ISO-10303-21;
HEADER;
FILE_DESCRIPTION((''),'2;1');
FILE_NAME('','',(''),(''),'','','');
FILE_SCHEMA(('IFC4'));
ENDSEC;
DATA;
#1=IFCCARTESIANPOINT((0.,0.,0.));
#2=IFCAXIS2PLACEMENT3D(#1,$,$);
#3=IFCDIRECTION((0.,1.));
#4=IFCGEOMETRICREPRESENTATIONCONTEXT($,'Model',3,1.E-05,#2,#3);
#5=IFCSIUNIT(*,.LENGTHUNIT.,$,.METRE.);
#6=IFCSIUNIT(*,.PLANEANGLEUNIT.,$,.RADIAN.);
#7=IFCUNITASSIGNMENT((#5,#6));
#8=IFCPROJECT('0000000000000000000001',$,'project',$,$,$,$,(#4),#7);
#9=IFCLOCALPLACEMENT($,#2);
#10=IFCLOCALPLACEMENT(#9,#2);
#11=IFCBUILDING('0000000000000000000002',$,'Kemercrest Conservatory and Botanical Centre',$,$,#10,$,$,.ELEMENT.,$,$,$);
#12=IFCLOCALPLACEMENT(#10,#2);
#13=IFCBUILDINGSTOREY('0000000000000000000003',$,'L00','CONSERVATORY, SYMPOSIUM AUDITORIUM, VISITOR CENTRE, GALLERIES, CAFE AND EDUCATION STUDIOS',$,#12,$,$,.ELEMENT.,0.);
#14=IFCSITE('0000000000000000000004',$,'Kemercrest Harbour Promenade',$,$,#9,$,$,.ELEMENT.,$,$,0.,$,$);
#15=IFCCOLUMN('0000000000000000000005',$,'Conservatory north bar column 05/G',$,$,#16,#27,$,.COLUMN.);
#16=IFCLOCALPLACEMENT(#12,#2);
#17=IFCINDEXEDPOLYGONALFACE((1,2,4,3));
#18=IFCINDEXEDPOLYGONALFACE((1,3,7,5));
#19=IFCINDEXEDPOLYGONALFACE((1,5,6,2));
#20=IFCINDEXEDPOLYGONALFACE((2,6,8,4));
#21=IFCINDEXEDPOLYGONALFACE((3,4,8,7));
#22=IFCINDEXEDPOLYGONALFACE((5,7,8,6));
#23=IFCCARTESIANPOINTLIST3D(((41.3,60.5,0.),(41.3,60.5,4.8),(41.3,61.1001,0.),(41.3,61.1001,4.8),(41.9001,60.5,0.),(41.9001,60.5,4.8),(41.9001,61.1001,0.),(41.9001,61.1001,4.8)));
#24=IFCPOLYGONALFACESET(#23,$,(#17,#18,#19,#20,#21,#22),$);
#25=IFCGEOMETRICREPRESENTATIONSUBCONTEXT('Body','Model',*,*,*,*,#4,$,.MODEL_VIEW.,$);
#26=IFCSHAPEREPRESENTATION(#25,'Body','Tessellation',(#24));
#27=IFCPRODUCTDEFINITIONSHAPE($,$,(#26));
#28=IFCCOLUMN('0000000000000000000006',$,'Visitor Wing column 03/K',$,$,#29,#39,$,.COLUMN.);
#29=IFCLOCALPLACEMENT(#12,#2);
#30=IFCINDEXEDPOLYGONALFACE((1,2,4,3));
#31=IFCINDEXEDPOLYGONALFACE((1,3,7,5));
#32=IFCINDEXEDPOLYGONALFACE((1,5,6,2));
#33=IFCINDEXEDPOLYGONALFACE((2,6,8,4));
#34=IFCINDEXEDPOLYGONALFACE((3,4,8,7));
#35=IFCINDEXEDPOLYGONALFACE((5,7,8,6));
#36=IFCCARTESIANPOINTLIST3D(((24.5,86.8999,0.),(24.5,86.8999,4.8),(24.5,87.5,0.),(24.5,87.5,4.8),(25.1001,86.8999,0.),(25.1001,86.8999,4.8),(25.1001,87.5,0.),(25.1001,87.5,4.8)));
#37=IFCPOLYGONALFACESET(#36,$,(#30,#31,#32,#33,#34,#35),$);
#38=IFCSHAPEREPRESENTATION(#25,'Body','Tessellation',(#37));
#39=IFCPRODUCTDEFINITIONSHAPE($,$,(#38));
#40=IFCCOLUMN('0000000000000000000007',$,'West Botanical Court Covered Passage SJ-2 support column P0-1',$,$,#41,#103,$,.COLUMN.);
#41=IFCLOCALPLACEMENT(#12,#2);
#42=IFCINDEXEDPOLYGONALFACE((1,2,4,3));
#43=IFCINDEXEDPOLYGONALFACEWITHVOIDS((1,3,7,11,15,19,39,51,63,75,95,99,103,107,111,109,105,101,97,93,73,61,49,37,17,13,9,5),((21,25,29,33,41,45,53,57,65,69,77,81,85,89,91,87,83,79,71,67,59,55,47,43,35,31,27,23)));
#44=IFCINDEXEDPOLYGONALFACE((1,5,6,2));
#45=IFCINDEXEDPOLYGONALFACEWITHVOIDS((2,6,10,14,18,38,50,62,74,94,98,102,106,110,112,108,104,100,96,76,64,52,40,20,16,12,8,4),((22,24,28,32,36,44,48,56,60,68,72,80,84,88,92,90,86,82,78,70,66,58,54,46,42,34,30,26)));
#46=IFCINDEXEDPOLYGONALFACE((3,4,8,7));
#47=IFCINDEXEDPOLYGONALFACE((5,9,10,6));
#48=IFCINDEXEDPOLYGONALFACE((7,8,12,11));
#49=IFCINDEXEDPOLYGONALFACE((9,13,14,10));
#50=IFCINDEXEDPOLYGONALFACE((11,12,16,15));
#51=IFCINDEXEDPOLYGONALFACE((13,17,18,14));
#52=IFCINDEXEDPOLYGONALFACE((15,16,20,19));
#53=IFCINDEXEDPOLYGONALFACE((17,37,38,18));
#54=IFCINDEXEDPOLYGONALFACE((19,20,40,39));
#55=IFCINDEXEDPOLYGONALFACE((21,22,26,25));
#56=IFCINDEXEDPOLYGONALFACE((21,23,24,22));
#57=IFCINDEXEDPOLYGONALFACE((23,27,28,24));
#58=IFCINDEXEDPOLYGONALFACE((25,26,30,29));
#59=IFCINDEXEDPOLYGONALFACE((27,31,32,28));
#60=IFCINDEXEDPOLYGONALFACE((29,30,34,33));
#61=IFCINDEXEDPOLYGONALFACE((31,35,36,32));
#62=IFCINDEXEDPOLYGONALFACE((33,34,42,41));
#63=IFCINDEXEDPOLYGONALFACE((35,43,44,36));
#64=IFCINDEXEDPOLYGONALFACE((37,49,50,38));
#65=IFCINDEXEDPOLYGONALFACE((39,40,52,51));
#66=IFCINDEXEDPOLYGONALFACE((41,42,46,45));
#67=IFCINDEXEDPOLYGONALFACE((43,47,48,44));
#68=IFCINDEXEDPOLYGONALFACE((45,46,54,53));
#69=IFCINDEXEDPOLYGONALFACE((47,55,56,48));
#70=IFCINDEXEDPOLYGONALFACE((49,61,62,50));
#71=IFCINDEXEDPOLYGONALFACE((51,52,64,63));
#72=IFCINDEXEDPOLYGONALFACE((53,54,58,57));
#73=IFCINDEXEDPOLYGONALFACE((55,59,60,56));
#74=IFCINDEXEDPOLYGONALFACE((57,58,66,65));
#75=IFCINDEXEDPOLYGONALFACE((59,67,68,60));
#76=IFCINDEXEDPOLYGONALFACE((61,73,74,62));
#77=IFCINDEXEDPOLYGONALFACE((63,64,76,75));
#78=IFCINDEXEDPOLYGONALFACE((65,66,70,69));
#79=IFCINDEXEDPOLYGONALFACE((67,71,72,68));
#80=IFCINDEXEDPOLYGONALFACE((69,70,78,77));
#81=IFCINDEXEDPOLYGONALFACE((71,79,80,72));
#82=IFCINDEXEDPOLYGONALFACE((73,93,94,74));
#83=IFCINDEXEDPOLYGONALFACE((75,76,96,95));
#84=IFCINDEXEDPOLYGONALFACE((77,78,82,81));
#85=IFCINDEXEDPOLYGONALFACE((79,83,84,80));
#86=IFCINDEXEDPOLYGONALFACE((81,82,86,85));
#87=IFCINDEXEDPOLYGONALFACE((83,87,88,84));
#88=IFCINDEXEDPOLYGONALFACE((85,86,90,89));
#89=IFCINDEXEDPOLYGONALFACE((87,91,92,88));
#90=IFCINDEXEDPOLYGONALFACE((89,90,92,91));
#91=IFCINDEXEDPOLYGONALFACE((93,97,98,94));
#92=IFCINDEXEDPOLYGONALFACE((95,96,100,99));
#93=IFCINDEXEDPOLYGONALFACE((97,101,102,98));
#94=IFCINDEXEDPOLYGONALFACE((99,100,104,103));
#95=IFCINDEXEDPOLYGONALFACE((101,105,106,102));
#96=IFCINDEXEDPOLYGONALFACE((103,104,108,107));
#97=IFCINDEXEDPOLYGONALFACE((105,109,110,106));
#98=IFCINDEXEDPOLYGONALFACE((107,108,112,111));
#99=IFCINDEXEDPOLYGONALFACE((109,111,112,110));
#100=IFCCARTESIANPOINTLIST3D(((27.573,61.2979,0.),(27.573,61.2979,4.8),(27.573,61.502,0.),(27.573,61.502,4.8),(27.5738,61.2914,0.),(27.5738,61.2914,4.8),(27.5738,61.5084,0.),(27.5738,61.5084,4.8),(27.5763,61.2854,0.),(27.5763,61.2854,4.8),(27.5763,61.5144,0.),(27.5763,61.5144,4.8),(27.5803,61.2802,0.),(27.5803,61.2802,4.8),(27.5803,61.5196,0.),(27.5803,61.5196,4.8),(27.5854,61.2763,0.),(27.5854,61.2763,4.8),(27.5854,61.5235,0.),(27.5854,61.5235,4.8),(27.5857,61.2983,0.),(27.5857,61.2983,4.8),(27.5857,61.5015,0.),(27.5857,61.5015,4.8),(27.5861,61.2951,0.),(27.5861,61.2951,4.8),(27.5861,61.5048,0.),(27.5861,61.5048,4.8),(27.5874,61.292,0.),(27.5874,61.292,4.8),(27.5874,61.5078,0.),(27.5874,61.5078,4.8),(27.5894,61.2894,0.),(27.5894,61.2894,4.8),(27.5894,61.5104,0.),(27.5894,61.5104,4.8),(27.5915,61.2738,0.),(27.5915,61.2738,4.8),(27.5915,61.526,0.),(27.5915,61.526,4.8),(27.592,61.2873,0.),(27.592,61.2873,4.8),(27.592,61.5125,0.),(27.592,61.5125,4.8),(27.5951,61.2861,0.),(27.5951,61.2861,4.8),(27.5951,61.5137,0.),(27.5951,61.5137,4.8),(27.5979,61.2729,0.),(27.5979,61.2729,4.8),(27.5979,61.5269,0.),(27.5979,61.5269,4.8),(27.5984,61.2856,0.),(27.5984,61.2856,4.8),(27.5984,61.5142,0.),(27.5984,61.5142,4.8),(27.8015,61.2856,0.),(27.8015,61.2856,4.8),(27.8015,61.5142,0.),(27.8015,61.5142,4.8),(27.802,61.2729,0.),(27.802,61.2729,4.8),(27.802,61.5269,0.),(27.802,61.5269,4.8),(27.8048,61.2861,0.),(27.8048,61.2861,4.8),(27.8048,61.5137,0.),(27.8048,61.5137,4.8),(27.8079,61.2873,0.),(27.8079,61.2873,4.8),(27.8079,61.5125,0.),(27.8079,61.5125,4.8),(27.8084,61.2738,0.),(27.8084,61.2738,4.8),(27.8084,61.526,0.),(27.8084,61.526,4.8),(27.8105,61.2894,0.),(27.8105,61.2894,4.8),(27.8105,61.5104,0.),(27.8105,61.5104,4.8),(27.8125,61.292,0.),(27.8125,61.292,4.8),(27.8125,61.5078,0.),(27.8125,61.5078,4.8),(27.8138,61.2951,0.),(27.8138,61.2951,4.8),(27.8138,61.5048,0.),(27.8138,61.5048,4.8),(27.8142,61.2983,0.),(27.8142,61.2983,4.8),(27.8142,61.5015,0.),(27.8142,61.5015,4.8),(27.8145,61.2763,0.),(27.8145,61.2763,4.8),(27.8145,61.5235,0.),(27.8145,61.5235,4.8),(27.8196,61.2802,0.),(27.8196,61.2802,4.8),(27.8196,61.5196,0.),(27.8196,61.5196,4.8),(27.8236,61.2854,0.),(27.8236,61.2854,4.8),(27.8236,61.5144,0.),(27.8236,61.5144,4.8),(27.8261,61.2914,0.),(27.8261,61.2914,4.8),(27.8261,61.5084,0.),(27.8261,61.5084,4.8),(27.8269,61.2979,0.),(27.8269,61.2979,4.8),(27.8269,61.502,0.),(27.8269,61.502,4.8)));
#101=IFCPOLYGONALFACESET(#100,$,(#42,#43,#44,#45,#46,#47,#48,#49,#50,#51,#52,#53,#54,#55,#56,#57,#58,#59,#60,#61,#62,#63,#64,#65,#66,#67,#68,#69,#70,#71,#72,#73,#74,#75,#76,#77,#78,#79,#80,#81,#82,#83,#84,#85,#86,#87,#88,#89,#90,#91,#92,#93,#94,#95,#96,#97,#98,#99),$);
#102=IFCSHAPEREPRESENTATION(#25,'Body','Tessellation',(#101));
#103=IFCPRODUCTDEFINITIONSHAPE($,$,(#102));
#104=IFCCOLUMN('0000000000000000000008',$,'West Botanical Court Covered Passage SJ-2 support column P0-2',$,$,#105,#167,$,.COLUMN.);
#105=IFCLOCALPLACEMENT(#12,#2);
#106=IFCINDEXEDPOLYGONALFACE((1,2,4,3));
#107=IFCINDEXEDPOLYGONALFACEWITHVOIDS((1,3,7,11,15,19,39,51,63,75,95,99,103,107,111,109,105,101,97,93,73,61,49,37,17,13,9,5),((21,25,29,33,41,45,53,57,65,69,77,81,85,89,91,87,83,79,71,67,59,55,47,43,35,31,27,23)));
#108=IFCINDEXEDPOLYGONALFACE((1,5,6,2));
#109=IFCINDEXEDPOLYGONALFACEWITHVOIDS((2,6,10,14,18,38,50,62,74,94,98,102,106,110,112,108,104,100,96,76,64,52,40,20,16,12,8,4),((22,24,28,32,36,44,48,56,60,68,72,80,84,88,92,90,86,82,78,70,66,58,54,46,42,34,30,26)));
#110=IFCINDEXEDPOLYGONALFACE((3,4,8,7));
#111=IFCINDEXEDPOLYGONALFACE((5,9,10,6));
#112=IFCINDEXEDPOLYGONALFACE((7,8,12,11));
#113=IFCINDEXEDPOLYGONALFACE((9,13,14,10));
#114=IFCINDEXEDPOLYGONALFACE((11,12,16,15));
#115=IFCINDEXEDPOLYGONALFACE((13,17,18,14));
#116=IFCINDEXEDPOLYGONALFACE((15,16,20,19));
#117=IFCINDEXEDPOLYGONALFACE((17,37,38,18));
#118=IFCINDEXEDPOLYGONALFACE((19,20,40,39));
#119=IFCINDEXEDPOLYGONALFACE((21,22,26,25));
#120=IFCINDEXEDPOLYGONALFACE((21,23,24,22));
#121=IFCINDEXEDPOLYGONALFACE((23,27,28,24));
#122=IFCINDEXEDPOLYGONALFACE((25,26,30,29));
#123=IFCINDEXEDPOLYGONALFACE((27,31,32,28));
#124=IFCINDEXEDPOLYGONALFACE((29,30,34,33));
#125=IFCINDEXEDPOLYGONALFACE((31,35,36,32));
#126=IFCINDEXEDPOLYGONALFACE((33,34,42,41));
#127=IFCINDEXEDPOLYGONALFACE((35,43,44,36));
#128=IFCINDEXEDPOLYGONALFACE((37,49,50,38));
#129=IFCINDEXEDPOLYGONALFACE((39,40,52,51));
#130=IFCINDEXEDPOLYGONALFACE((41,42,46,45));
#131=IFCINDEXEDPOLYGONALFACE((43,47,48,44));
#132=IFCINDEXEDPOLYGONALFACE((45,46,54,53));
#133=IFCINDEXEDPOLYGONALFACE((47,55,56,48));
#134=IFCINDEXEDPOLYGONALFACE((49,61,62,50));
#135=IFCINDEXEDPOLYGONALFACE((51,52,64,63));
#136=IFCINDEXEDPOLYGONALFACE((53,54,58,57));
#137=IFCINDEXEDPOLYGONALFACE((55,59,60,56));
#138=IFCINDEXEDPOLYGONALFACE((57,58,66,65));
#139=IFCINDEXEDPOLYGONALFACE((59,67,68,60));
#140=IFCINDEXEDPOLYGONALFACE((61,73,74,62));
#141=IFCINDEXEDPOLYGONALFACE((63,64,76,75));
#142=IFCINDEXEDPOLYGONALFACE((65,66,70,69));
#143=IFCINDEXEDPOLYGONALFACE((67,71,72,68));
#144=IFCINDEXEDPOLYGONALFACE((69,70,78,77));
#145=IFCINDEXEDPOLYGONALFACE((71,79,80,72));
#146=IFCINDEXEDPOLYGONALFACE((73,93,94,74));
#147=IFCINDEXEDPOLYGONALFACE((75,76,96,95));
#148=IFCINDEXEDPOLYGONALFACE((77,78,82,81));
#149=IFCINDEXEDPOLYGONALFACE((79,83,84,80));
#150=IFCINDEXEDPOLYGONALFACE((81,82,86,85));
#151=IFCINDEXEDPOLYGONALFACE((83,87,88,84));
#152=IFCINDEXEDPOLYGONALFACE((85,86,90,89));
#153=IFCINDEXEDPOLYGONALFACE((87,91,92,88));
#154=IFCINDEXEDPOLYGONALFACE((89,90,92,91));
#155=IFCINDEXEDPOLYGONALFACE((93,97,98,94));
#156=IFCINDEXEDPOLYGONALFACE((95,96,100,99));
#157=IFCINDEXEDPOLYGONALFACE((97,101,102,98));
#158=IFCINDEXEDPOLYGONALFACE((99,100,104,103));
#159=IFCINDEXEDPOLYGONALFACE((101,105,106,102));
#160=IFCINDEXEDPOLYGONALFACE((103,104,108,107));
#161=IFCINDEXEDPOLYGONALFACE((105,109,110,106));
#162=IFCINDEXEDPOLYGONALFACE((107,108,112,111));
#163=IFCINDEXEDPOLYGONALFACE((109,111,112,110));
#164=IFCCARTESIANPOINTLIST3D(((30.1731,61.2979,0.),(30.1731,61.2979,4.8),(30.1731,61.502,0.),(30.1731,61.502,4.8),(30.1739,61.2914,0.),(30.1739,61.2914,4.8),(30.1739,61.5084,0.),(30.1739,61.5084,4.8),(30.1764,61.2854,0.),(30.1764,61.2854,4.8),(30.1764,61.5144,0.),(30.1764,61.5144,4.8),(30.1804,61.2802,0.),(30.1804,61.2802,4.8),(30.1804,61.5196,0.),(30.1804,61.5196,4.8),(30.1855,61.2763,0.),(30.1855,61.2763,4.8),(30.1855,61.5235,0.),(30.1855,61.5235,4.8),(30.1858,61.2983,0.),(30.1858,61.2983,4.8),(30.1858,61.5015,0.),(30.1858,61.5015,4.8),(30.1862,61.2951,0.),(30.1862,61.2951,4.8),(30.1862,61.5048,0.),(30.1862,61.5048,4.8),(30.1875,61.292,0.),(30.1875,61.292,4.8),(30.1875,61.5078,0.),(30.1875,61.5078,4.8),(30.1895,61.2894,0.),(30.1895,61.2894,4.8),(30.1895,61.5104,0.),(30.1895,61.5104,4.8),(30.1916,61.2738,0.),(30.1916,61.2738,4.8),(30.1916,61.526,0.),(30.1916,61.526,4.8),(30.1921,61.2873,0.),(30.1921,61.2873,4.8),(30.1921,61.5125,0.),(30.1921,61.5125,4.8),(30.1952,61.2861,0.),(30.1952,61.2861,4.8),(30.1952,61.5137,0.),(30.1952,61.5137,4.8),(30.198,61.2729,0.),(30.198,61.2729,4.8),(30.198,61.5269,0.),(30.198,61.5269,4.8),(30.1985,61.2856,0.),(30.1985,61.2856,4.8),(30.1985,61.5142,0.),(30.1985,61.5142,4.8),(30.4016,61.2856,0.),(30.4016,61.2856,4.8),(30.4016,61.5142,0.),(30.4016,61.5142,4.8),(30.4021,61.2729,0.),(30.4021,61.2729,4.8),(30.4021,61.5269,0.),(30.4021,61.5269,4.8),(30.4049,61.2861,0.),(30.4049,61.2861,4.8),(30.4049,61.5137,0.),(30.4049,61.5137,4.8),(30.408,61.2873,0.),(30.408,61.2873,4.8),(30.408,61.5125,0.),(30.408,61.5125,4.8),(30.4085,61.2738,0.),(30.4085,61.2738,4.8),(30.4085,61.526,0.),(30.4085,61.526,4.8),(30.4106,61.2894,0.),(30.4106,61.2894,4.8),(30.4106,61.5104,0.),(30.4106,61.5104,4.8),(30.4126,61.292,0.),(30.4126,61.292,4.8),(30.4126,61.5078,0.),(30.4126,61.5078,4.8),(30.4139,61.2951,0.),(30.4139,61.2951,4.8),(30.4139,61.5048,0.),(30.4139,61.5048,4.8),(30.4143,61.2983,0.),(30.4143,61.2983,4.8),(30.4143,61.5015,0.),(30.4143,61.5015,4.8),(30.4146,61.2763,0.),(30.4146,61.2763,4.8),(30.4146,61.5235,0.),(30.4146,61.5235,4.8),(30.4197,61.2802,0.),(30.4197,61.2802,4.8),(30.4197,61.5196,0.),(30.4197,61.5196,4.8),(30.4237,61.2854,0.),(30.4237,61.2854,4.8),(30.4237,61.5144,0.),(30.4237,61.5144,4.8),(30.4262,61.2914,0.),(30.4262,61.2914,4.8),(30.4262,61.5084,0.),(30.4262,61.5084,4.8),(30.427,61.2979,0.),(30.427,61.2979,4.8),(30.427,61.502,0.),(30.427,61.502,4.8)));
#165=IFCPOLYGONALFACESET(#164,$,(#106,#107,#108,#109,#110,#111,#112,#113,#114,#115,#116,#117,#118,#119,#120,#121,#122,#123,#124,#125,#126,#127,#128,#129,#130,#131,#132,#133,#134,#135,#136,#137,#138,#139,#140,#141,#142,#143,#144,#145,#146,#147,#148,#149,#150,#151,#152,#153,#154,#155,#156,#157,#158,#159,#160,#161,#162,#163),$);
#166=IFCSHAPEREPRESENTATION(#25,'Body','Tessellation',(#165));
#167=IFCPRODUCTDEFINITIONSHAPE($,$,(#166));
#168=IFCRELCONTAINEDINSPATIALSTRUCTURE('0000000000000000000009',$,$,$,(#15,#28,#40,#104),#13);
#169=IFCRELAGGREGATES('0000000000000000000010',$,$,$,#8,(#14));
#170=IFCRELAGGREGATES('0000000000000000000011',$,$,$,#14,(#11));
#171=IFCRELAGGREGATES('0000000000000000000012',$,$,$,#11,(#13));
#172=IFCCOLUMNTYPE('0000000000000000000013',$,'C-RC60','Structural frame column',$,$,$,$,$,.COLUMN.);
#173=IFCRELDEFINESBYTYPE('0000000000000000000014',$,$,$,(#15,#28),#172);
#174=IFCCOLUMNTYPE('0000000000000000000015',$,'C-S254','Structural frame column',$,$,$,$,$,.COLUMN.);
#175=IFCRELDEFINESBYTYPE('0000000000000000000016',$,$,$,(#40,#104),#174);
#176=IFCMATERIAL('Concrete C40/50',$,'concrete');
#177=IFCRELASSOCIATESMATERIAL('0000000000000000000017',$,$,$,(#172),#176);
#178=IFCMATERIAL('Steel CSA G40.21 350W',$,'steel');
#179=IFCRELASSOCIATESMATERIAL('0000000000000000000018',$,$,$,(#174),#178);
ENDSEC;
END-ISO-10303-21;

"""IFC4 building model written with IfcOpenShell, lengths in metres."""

from ifc_helpers import new_model, si_unit, direction, frame, origin, origin_2d, place, context, subcontext, project, spatial, rectangle, hollow_rectangle, extrude, material, material_profile, profile_set, type_object, element, save


model = new_model("IFC4")

# Units and contexts
model_context = context("Model", 3, precision=1e-05, world=origin(), true_north=direction((0.0, 1.0)))
body_context = subcontext(model_context, "Body", "Model", "MODEL_VIEW")
ifc_project = project(units=[si_unit("LENGTHUNIT", "METRE"), si_unit("PLANEANGLEUNIT", "RADIAN")], contexts=[model_context])

# Site, building, storey
site_placement = place(None, origin())
site = spatial("IfcSite", under=ifc_project, at=site_placement, Name="Kemercrest Harbour Promenade", CompositionType="ELEMENT", RefElevation=0.0)
building_placement = place(site_placement, origin())
building = spatial("IfcBuilding", under=site, at=building_placement, Name="Kemercrest Conservatory and Botanical Centre", CompositionType="ELEMENT")
storey_placement = place(building_placement, origin())
storey = spatial("IfcBuildingStorey", under=building, at=storey_placement, Name="L00", Description="CONSERVATORY, SYMPOSIUM AUDITORIUM, VISITOR CENTRE, GALLERIES, CAFE AND EDUCATION STUDIOS", CompositionType="ELEMENT", Elevation=0.0)

# Columns
ifc_material_1 = material(Name="Concrete C40/50", Category="concrete")
ifc_material_profile_1 = material_profile(ifc_material_1, rectangle(XDim=0.6001, YDim=0.6001, at=origin_2d()), Name="RC 600x600")
ifc_profile_set_1 = profile_set([ifc_material_profile_1], Name="Concrete C40/50")
column_type_1 = type_object("IfcColumnType", Name="C-RC60", Description="Structural frame column", PredefinedType="COLUMN", material=ifc_profile_set_1)
for number, where, z_axis, x_axis, name in (
    (1, (41.6001, 60.8, 0.0), (0.0, 0.0, 1.0), (1.0, 0.0, 0.0), "Conservatory north bar column 05/G"),
    (2, (24.8, 87.2, 0.0), (0.0, 0.0, 1.0), (1.0, 0.0, 0.0), "Visitor Wing column 03/K"),
):
    element("IfcColumn", number, at=place(storey_placement, frame(where, z_axis=z_axis, x_axis=x_axis)), inside=storey, type_object=column_type_1, Name=name, PredefinedType="COLUMN", context=body_context, shape_type="SweptSolid", body=[
        extrude(rectangle(XDim=0.6001, YDim=0.6001, at=origin_2d()), origin(), (0.0, 0.0, 1.0), 4.8),
    ])
ifc_material_2 = material(Name="Steel CSA G40.21 350W", Category="steel")
ifc_material_profile_2 = material_profile(ifc_material_2, hollow_rectangle(XDim=0.2539, YDim=0.2539, WallThickness=0.0127, InnerFilletRadius=0.0127, OuterFilletRadius=0.0249, at=origin_2d()), Name="HSS 254x254x12.7")
ifc_profile_set_2 = profile_set([ifc_material_profile_2], Name="Steel CSA G40.21 350W")
column_type_2 = type_object("IfcColumnType", Name="C-S254", Description="Structural frame column", PredefinedType="COLUMN", material=ifc_profile_set_2)
for number, where, z_axis, x_axis, name in (
    (3, (27.7, 61.3999, 0.0), (0.0, 0.0, 1.0), (1.0, 0.0, 0.0), "West Botanical Court Covered Passage SJ-2 support column P0-1"),
    (4, (30.3, 61.3999, 0.0), (0.0, 0.0, 1.0), (1.0, 0.0, 0.0), "West Botanical Court Covered Passage SJ-2 support column P0-2"),
):
    element("IfcColumn", number, at=place(storey_placement, frame(where, z_axis=z_axis, x_axis=x_axis)), inside=storey, type_object=column_type_2, Name=name, PredefinedType="COLUMN", context=body_context, shape_type="SweptSolid", body=[
        extrude(hollow_rectangle(XDim=0.2539, YDim=0.2539, WallThickness=0.0127, InnerFilletRadius=0.0127, OuterFilletRadius=0.0249, at=origin_2d()), origin(), (0.0, 0.0, 1.0), 4.8),
    ])

save(model, "model.ifc")
